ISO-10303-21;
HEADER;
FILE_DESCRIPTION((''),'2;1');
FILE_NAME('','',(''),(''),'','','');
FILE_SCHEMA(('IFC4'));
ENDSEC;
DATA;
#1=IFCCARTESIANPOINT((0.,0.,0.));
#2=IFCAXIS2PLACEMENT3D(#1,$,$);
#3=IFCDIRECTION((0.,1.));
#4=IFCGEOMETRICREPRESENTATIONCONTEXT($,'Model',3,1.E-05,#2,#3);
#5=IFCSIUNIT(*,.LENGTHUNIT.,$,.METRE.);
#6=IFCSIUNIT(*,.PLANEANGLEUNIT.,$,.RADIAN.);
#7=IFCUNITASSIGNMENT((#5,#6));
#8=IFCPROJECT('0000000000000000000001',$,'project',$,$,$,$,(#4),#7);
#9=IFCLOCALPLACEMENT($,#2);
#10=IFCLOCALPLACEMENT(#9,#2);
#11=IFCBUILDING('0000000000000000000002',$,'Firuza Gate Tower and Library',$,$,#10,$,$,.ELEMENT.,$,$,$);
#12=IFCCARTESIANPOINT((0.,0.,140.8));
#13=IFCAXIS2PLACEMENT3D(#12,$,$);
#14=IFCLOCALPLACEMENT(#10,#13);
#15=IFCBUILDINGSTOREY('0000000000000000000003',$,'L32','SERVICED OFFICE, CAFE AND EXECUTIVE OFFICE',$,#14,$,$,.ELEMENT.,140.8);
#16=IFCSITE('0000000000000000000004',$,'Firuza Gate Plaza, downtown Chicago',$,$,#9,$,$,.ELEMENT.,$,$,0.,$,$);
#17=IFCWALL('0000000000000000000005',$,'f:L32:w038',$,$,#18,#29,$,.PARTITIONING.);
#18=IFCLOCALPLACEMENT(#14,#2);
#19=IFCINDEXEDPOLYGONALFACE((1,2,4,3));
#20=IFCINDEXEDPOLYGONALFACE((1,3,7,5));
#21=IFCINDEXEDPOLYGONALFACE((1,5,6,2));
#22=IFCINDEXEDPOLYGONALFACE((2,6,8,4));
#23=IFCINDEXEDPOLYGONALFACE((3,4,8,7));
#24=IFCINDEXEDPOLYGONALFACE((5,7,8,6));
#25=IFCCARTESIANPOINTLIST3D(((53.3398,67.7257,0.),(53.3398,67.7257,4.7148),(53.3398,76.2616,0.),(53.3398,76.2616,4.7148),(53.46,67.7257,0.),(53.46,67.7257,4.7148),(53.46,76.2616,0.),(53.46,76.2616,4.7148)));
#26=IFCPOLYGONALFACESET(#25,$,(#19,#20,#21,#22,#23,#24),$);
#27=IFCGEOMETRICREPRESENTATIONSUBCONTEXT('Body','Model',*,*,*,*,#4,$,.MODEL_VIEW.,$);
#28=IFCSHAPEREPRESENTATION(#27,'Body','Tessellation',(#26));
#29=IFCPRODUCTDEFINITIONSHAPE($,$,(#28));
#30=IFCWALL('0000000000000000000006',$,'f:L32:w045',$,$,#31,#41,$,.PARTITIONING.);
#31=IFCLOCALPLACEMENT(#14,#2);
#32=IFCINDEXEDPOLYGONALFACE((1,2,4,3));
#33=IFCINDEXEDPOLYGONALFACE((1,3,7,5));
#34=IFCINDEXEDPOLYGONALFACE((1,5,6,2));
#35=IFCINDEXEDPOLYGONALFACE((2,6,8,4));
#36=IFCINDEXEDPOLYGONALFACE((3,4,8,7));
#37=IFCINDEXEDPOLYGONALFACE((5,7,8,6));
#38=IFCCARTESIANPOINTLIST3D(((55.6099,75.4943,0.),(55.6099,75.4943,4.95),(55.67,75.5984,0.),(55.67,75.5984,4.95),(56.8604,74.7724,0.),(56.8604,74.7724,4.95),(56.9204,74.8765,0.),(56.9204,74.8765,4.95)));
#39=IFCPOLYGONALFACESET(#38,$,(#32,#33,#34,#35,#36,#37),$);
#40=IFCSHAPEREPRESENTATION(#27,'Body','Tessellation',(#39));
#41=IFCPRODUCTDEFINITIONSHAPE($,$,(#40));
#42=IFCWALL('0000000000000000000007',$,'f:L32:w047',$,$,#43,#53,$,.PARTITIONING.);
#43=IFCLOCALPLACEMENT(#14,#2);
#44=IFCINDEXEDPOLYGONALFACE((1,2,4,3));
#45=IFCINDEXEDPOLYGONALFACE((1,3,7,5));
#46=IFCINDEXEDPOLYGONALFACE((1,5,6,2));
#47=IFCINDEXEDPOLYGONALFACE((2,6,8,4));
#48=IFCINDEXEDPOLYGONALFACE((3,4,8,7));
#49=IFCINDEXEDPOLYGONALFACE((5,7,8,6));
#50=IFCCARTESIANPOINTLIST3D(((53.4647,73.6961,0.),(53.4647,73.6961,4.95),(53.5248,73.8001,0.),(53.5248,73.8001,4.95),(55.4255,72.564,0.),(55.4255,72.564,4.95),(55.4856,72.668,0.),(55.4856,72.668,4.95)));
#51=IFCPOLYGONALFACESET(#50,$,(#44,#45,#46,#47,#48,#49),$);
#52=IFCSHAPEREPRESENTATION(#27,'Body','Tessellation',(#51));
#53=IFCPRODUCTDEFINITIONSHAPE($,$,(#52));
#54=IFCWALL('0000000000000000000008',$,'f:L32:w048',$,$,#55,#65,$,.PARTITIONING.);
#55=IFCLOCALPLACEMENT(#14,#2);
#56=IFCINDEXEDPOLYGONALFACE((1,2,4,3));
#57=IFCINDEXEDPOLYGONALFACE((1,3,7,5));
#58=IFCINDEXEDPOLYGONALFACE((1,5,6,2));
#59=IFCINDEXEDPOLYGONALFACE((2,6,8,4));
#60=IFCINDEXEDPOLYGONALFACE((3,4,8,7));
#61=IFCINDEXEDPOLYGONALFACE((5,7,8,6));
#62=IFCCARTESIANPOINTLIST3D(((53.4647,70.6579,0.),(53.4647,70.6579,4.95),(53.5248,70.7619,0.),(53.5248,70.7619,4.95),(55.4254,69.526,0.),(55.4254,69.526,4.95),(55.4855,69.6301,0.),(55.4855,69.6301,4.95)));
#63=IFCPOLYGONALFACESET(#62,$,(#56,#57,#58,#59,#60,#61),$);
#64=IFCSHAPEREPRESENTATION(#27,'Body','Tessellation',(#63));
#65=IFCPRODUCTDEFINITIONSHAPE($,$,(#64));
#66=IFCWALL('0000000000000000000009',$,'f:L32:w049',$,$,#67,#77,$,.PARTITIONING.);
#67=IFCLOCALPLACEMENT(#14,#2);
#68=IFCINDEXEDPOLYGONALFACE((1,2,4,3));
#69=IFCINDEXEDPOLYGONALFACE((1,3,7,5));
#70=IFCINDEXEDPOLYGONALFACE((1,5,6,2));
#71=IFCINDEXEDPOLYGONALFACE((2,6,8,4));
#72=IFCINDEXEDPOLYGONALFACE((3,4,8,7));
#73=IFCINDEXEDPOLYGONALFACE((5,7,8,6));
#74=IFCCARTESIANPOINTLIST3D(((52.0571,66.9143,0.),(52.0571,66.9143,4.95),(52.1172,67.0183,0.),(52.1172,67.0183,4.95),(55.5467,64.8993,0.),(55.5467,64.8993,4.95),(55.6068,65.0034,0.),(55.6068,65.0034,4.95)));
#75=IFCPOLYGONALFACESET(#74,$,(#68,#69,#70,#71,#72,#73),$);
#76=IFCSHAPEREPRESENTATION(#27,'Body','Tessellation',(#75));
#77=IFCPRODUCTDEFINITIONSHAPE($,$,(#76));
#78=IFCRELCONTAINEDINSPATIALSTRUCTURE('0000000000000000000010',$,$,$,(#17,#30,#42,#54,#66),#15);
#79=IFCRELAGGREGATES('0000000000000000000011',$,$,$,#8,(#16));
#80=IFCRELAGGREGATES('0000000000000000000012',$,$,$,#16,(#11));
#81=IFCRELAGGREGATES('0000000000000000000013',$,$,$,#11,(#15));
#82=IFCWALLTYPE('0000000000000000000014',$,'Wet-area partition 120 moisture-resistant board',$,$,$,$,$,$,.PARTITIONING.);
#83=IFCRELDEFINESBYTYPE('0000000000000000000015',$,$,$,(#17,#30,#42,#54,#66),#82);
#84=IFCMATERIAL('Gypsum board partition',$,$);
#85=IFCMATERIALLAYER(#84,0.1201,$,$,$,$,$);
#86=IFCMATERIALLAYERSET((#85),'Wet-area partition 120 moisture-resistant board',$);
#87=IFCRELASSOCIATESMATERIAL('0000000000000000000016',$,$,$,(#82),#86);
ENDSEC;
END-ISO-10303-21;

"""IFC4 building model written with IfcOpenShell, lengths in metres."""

from ifc_helpers import new_model, si_unit, direction, frame, frame_2d, origin, place, context, subcontext, project, spatial, rectangle, extrude, material, layer, layer_set, type_object, element, save


model = new_model("IFC4")

# Units and contexts
model_context = context("Model", 3, precision=1e-05, world=origin(), true_north=direction((0.0, 1.0)))
body_context = subcontext(model_context, "Body", "Model", "MODEL_VIEW")
ifc_project = project(units=[si_unit("LENGTHUNIT", "METRE"), si_unit("PLANEANGLEUNIT", "RADIAN")], contexts=[model_context])

# Site, building, storey
site_placement = place(None, origin())
site = spatial("IfcSite", under=ifc_project, at=site_placement, Name="Firuza Gate Plaza, downtown Chicago", CompositionType="ELEMENT", RefElevation=0.0)
building_placement = place(site_placement, origin())
building = spatial("IfcBuilding", under=site, at=building_placement, Name="Firuza Gate Tower and Library", CompositionType="ELEMENT")
storey_placement = place(building_placement, frame((0.0, 0.0, 140.8)))
storey = spatial("IfcBuildingStorey", under=building, at=storey_placement, Name="L32", Description="SERVICED OFFICE, CAFE AND EXECUTIVE OFFICE", CompositionType="ELEMENT", Elevation=140.8)

# Shared definitions
ifc_material_1 = material(Name="Gypsum board partition")
ifc_layer_1 = layer(ifc_material_1, 0.1201)
ifc_layer_set_1 = layer_set([ifc_layer_1], Name="Wet-area partition 120 moisture-resistant board")
wall_type_1 = type_object("IfcWallType", Name="Wet-area partition 120 moisture-resistant board", PredefinedType="PARTITIONING", material=ifc_layer_set_1)

# Walls
wall_1_placement = place(storey_placement, frame((53.3999, 67.7256, 0.0), z_axis=(0.0, 0.0, 1.0), x_axis=(0.0, 1.0, 0.0)))
element("IfcWall", 1, at=wall_1_placement, inside=storey, type_object=wall_type_1, Name="f:L32:w038", PredefinedType="PARTITIONING", context=body_context, shape_type="SweptSolid", body=[
    extrude(rectangle(XDim=8.5359, YDim=0.1201, at=frame_2d((4.2681, 0.0))), origin(), (0.0, 0.0, 1.0), 4.7148),
])
wall_2_placement = place(storey_placement, frame((56.8904, 74.8245, 0.0), z_axis=(0.0, 0.0, 1.0), x_axis=(-0.866039, 0.499976, 0.0)))
element("IfcWall", 2, at=wall_2_placement, inside=storey, type_object=wall_type_1, Name="f:L32:w045", PredefinedType="PARTITIONING", context=body_context, shape_type="SweptSolid", body=[
    extrude(rectangle(XDim=1.4438, YDim=0.1201, at=frame_2d((0.7219, 0.0))), origin(), (0.0, 0.0, 1.0), 4.95),
])
wall_3_placement = place(storey_placement, frame((55.4556, 72.616, 0.0), z_axis=(0.0, 0.0, 1.0), x_axis=(-0.866011, 0.500024, 0.0)))
element("IfcWall", 3, at=wall_3_placement, inside=storey, type_object=wall_type_1, Name="f:L32:w047", PredefinedType="PARTITIONING", context=body_context, shape_type="SweptSolid", body=[
    extrude(rectangle(XDim=2.2642, YDim=0.1201, at=frame_2d((1.1321, 0.0))), origin(), (0.0, 0.0, 1.0), 4.95),
])
wall_4_placement = place(storey_placement, frame((55.4553, 69.5781, 0.0), z_axis=(0.0, 0.0, 1.0), x_axis=(-0.866058, 0.499943, 0.0)))
element("IfcWall", 4, at=wall_4_placement, inside=storey, type_object=wall_type_1, Name="f:L32:w048", PredefinedType="PARTITIONING", context=body_context, shape_type="SweptSolid", body=[
    extrude(rectangle(XDim=2.2639, YDim=0.1201, at=frame_2d((1.1318, 0.0))), origin(), (0.0, 0.0, 1.0), 4.95),
])
wall_5_placement = place(storey_placement, frame((55.5767, 64.9514, 0.0), z_axis=(0.0, 0.0, 1.0), x_axis=(-0.866001, 0.500042, 0.0)))
element("IfcWall", 5, at=wall_5_placement, inside=storey, type_object=wall_type_1, Name="f:L32:w049", PredefinedType="PARTITIONING", context=body_context, shape_type="SweptSolid", body=[
    extrude(rectangle(XDim=4.0295, YDim=0.1201, at=frame_2d((2.0146, 0.0))), origin(), (0.0, 0.0, 1.0), 4.95),
])

save(model, "model.ifc")
